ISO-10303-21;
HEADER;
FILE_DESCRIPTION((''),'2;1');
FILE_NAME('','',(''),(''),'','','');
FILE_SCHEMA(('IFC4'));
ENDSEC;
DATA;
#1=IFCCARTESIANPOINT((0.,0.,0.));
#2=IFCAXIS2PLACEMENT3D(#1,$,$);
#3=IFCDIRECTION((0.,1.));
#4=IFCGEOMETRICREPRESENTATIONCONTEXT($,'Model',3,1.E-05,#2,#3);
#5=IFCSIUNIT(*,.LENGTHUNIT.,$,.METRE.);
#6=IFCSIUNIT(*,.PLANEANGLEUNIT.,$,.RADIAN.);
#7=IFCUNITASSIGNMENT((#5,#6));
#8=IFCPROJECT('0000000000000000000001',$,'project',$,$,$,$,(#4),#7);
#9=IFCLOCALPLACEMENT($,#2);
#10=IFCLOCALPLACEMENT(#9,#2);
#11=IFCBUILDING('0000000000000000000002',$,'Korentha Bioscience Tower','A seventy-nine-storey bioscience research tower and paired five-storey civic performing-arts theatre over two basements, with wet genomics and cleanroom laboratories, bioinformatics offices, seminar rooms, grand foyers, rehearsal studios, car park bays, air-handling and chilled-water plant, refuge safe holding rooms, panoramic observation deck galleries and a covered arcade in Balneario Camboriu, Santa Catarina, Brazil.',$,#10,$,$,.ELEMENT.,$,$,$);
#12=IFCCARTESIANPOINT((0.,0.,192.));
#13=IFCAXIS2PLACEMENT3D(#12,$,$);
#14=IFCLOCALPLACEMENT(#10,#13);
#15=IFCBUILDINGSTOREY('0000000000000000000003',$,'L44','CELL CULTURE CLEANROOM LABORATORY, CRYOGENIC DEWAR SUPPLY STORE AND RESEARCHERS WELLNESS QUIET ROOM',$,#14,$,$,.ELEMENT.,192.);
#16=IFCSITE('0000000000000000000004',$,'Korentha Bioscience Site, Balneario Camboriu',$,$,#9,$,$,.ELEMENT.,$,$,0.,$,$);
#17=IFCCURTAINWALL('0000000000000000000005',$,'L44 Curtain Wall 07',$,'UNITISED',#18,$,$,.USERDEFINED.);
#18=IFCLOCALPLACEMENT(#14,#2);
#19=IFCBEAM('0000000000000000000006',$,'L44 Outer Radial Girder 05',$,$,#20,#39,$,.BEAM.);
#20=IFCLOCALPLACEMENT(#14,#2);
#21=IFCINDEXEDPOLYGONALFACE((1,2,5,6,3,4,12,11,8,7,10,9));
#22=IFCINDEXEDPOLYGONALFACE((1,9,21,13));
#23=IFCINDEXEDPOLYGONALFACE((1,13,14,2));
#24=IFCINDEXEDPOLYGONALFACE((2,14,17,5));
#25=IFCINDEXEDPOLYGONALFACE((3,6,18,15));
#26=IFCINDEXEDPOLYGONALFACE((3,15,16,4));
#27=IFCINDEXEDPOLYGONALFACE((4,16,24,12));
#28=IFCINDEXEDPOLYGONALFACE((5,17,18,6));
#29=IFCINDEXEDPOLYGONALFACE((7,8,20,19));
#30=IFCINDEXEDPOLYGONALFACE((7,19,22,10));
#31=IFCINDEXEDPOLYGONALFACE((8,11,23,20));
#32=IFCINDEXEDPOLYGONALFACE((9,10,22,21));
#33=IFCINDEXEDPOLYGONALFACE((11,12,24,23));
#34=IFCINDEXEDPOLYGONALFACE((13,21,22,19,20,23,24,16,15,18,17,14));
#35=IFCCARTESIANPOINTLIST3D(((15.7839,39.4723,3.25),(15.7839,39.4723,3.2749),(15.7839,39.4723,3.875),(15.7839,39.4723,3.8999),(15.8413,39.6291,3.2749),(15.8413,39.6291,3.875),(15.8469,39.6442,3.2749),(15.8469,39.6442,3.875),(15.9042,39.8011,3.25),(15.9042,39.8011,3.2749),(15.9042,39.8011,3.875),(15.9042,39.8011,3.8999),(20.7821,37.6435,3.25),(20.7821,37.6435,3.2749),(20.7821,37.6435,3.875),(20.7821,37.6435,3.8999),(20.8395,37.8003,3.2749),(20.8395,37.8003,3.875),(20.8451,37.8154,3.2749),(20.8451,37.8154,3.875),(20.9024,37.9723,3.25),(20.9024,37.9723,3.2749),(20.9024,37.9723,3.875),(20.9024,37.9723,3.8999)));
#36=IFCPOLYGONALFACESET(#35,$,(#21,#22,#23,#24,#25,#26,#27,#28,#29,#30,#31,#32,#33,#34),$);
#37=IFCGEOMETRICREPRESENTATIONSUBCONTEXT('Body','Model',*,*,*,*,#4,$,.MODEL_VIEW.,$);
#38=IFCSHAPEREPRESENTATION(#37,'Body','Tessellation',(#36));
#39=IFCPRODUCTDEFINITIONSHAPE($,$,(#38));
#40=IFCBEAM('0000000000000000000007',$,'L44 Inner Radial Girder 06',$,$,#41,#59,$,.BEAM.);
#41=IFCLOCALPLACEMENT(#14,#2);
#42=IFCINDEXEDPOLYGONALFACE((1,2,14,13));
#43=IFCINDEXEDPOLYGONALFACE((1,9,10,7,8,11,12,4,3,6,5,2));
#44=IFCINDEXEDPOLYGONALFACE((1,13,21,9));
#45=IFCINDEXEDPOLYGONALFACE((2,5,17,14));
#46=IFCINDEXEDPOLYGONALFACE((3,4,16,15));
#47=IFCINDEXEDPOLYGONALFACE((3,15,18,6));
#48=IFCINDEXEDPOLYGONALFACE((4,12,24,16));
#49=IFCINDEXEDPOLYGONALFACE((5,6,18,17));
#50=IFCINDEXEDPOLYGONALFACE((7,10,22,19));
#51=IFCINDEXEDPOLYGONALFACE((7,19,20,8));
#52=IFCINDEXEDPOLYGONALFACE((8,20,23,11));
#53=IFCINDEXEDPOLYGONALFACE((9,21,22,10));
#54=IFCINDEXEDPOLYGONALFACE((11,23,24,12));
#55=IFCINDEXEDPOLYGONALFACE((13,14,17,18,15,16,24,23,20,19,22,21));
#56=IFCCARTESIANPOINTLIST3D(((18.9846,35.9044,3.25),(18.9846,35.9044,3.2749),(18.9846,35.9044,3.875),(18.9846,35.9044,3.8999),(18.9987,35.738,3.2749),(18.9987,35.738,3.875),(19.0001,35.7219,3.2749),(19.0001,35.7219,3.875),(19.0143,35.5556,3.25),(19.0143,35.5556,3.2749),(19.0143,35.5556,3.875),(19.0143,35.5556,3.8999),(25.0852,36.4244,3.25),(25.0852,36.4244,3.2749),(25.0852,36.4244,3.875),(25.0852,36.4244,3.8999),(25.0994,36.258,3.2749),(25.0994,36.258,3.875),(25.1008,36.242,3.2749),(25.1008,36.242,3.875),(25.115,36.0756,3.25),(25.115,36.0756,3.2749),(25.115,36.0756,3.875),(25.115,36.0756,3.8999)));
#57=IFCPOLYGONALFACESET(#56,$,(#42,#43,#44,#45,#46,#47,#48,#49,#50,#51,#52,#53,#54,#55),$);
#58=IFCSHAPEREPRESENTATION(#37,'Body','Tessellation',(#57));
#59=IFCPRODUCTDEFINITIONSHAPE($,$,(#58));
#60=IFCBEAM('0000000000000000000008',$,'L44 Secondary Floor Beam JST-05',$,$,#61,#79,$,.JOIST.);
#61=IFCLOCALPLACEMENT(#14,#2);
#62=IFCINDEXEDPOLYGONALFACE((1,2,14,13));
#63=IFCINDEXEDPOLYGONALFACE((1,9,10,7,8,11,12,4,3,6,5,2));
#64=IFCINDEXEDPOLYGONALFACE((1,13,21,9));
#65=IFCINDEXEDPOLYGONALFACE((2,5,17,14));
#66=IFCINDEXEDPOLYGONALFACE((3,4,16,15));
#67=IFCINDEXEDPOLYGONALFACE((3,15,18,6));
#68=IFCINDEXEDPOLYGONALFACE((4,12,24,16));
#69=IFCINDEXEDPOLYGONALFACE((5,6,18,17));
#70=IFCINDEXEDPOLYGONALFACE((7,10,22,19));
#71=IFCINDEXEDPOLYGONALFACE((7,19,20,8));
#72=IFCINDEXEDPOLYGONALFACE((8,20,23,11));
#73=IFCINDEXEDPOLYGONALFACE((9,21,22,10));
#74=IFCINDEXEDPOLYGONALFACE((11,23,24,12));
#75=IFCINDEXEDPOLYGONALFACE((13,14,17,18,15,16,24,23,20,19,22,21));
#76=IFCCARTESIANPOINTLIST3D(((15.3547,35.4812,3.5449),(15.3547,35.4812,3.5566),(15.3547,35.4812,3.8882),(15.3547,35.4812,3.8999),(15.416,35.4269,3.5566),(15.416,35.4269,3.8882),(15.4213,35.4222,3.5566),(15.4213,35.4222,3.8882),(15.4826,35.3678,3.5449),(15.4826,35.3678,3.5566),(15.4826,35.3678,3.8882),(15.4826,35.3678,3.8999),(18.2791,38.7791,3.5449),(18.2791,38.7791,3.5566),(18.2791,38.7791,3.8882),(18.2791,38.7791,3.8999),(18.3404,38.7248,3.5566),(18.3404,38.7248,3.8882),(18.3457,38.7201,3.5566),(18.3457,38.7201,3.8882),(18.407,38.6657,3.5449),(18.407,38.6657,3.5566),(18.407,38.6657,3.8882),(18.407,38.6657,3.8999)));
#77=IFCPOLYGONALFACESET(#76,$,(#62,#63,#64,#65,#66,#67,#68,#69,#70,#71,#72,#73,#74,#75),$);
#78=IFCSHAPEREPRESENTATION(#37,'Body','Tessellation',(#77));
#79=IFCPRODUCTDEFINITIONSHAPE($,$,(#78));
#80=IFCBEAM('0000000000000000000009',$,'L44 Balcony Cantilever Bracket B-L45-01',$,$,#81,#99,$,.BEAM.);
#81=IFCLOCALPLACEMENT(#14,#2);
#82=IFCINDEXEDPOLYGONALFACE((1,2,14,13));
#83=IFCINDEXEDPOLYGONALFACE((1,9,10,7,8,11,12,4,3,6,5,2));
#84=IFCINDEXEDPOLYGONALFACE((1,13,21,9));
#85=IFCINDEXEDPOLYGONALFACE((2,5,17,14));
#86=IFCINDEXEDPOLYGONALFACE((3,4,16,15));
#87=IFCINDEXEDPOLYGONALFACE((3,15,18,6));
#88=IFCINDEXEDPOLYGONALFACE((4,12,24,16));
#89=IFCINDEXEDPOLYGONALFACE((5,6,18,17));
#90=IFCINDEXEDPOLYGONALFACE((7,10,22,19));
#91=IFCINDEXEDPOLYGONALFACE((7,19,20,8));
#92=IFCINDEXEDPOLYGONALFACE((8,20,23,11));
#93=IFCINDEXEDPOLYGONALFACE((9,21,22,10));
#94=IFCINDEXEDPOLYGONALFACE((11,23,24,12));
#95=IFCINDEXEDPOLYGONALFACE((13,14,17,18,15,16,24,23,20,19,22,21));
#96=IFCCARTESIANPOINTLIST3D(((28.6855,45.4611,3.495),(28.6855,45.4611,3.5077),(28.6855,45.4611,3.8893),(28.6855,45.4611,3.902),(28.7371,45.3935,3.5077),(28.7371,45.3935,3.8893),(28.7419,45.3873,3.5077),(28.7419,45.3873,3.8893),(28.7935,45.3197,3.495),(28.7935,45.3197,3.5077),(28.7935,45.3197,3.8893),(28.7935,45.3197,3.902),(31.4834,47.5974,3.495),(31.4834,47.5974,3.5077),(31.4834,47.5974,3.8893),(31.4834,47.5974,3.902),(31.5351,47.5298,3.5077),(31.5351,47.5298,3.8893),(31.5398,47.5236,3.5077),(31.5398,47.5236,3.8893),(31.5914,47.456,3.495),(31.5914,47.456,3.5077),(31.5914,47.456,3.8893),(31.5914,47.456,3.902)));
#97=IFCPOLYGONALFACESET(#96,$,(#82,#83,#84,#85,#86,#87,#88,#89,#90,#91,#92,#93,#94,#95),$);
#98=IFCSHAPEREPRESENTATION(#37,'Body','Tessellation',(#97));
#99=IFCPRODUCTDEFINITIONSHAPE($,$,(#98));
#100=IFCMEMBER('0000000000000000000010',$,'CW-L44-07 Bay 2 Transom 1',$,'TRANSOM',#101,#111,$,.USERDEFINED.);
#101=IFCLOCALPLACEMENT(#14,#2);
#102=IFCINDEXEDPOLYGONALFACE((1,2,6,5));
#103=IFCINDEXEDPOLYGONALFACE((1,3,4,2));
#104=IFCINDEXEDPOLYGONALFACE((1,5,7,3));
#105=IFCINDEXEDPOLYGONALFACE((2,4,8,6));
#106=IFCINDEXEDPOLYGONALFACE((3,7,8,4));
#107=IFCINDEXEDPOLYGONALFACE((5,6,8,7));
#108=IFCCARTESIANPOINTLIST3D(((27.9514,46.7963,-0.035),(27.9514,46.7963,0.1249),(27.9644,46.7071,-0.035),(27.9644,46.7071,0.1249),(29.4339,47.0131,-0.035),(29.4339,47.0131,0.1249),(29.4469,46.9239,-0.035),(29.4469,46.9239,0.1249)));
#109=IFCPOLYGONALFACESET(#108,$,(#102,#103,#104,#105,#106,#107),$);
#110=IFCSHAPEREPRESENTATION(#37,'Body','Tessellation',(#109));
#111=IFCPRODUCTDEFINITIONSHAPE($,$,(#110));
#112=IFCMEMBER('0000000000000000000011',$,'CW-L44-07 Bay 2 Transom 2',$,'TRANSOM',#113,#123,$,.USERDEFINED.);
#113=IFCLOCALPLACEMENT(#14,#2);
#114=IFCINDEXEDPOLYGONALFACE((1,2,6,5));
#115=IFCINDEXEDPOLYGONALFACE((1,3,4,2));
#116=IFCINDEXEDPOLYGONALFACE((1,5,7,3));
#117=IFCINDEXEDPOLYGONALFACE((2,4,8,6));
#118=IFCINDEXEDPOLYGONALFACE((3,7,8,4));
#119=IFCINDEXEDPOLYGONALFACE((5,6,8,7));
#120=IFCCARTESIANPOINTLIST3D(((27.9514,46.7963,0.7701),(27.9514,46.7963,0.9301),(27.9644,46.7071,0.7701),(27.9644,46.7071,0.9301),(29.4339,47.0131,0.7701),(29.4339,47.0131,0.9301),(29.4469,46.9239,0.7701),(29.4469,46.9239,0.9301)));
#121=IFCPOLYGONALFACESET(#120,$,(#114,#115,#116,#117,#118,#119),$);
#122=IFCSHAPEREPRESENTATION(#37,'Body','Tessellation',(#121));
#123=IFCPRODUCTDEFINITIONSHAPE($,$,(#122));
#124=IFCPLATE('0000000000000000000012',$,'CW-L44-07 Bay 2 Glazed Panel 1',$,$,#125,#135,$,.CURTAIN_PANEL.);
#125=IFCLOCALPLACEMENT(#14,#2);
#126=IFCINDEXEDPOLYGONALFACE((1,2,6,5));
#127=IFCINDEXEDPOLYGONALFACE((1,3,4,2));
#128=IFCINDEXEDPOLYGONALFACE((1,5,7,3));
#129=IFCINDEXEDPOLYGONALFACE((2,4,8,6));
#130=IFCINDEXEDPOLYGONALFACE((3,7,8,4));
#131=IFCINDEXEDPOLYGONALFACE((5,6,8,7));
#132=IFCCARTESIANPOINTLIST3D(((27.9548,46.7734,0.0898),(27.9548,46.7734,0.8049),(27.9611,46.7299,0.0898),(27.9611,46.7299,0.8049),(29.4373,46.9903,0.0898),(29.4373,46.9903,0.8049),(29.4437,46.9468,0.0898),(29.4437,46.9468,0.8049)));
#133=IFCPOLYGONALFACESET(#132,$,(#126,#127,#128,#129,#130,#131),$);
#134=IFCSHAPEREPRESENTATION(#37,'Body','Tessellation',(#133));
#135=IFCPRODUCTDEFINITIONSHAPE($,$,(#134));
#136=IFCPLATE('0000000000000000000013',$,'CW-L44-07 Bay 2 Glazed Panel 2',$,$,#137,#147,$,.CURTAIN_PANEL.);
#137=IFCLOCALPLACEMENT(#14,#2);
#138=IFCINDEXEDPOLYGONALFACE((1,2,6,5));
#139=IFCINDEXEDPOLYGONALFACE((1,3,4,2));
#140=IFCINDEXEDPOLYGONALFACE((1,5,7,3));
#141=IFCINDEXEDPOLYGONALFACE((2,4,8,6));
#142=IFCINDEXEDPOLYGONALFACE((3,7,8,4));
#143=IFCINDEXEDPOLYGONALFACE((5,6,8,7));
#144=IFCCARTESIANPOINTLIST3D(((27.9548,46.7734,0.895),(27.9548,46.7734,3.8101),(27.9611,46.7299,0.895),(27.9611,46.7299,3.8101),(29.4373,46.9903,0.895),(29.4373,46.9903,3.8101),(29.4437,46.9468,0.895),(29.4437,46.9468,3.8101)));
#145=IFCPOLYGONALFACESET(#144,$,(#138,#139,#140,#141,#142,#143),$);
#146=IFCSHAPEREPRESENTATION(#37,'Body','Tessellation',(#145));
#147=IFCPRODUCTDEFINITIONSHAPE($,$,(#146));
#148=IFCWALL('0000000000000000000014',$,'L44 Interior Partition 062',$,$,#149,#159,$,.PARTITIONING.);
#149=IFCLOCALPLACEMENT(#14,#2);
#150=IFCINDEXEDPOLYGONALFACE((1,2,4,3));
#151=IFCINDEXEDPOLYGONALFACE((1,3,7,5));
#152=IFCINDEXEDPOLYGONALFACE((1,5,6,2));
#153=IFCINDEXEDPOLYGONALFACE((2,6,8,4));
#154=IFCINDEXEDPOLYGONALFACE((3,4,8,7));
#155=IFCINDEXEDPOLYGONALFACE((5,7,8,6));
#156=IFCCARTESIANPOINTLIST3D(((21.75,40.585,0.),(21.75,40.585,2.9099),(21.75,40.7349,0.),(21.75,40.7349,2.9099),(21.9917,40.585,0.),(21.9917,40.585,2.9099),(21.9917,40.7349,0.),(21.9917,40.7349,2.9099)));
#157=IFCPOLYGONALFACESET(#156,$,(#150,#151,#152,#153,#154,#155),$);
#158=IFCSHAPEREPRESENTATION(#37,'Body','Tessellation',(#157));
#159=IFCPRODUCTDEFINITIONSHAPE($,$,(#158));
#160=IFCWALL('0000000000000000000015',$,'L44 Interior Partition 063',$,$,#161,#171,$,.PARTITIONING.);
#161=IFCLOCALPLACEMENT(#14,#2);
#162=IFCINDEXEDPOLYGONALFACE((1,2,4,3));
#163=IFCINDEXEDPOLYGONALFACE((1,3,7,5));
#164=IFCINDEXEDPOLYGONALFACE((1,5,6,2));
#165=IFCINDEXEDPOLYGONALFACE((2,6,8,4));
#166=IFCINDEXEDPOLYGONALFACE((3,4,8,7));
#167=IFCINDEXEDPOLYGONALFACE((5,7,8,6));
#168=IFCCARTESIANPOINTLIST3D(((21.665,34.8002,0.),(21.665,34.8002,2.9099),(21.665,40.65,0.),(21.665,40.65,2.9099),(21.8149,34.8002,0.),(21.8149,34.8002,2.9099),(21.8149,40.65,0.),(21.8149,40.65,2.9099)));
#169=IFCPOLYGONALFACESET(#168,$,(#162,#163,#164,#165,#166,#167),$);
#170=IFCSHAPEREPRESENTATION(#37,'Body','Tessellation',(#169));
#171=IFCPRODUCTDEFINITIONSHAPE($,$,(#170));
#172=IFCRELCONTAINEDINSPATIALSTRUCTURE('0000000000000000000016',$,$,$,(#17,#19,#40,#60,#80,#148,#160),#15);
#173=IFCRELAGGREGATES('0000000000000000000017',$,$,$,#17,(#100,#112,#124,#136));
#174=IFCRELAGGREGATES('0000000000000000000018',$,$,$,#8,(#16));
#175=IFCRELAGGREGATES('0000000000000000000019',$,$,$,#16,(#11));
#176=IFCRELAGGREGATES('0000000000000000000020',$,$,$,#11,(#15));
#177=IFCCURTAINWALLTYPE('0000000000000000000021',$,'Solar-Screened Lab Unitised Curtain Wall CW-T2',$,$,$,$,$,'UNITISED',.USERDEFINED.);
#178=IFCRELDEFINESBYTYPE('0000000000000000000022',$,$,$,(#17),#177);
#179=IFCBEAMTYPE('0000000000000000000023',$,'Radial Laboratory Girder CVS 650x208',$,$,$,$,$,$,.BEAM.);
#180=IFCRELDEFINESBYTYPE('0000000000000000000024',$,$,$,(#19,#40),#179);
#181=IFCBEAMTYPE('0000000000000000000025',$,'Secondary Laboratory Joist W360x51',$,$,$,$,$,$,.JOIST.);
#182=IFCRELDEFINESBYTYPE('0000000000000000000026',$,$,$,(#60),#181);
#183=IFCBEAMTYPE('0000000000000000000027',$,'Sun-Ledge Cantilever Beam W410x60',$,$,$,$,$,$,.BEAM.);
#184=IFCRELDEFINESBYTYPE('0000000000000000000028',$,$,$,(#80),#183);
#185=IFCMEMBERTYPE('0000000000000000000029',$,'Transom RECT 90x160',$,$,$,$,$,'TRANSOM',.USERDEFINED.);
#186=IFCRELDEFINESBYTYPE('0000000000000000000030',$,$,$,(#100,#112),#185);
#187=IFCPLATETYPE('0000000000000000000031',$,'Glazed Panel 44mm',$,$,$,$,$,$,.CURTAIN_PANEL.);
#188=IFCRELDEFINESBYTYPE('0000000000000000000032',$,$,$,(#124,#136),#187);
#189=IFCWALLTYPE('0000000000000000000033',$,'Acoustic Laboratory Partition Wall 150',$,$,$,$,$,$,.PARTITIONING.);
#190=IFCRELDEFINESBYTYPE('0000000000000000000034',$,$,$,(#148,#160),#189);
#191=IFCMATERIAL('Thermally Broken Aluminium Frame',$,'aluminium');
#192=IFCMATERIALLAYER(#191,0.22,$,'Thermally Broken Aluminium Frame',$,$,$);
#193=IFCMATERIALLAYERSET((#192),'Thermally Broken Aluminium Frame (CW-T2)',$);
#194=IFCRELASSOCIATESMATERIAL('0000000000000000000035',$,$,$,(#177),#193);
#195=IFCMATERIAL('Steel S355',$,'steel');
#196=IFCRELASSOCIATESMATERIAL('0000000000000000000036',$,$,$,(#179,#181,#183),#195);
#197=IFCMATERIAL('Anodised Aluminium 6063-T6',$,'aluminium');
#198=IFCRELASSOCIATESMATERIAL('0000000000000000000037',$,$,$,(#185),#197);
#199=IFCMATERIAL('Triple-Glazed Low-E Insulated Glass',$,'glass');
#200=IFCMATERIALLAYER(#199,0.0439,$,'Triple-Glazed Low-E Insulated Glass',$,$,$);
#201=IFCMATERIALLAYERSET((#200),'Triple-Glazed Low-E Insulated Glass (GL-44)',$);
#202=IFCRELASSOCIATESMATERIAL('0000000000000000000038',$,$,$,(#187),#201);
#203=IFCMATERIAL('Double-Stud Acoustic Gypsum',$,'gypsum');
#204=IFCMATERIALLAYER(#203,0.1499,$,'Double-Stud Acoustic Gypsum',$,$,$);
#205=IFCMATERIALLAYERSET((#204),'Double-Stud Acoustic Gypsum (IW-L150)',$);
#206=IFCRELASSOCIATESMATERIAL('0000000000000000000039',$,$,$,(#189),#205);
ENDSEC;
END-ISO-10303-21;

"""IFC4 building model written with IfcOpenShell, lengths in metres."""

from ifc_helpers import new_model, si_unit, direction, frame, frame_2d, origin, origin_2d, place, context, subcontext, project, spatial, rectangle, i_section, extrude, material, layer, layer_set, material_profile, profile_set, type_object, element, aggregate, save


model = new_model("IFC4")

# Units and contexts
model_context = context("Model", 3, precision=1e-05, world=origin(), true_north=direction((0.0, 1.0)))
body_context = subcontext(model_context, "Body", "Model", "MODEL_VIEW")
ifc_project = project(units=[si_unit("LENGTHUNIT", "METRE"), si_unit("PLANEANGLEUNIT", "RADIAN")], contexts=[model_context])

# Site, building, storey
site_placement = place(None, origin())
site = spatial("IfcSite", under=ifc_project, at=site_placement, Name="Korentha Bioscience Site, Balneario Camboriu", CompositionType="ELEMENT", RefElevation=0.0)
building_placement = place(site_placement, origin())
building = spatial("IfcBuilding", under=site, at=building_placement, Name="Korentha Bioscience Tower", Description="A seventy-nine-storey bioscience research tower and paired five-storey civic performing-arts theatre over two basements, with wet genomics and cleanroom laboratories, bioinformatics offices, seminar rooms, grand foyers, rehearsal studios, car park bays, air-handling and chilled-water plant, refuge safe holding rooms, panoramic observation deck galleries and a covered arcade in Balneario Camboriu, Santa Catarina, Brazil.", CompositionType="ELEMENT")
storey_placement = place(building_placement, frame((0.0, 0.0, 192.0)))
storey = spatial("IfcBuildingStorey", under=building, at=storey_placement, Name="L44", Description="CELL CULTURE CLEANROOM LABORATORY, CRYOGENIC DEWAR SUPPLY STORE AND RESEARCHERS WELLNESS QUIET ROOM", CompositionType="ELEMENT", Elevation=192.0)

# Shared definitions
ifc_material_1 = material(Name="Steel S355", Category="steel")

# Curtain wall
ifc_material_2 = material(Name="Thermally Broken Aluminium Frame", Category="aluminium")
ifc_layer_1 = layer(ifc_material_2, 0.22, Name="Thermally Broken Aluminium Frame")
ifc_layer_set_1 = layer_set([ifc_layer_1], Name="Thermally Broken Aluminium Frame (CW-T2)")
curtain_wall_type = type_object("IfcCurtainWallType", Name="Solar-Screened Lab Unitised Curtain Wall CW-T2", ElementType="UNITISED", PredefinedType="USERDEFINED", material=ifc_layer_set_1)
curtain_wall_placement = place(storey_placement, origin())
curtain_wall = element("IfcCurtainWall", 1, at=curtain_wall_placement, inside=storey, type_object=curtain_wall_type, Name="L44 Curtain Wall 07", ObjectType="UNITISED", PredefinedType="USERDEFINED")
ifc_material_3 = material(Name="Anodised Aluminium 6063-T6", Category="aluminium")

# Beams
ifc_material_profile_1 = material_profile(ifc_material_1, i_section(OverallWidth=0.3501, OverallDepth=0.6499, WebThickness=0.0161, FlangeThickness=0.0249, at=origin_2d()), Name="Steel S355")
ifc_profile_set_1 = profile_set([ifc_material_profile_1], Name="Steel S355 (RB-650)")
beam_type_1 = type_object("IfcBeamType", Name="Radial Laboratory Girder CVS 650x208", PredefinedType="BEAM", material=ifc_profile_set_1)
beam_1_placement = place(storey_placement, frame((20.8423, 37.8079, 3.575), z_axis=(-0.93911, 0.343617, 0.0), x_axis=(-0.343617, -0.93911, 0.0)))
element("IfcBeam", 2, at=beam_1_placement, inside=storey, type_object=beam_type_1, Name="L44 Outer Radial Girder 05", PredefinedType="BEAM", context=body_context, shape_type="SweptSolid", body=[
    extrude(i_section(OverallWidth=0.3501, OverallDepth=0.6499, WebThickness=0.0161, FlangeThickness=0.0249, at=origin_2d()), origin(), (0.0, 0.0, 1.0), 5.3223),
])
beam_2_placement = place(storey_placement, frame((25.1001, 36.25, 3.575), z_axis=(-0.996387, -0.084933, 0.0), x_axis=(0.084933, -0.996387, 0.0)))
element("IfcBeam", 3, at=beam_2_placement, inside=storey, type_object=beam_type_1, Name="L44 Inner Radial Girder 06", PredefinedType="BEAM", context=body_context, shape_type="SweptSolid", body=[
    extrude(i_section(OverallWidth=0.3501, OverallDepth=0.6499, WebThickness=0.0161, FlangeThickness=0.0249, at=origin_2d()), origin(), (0.0, 0.0, 1.0), 6.1228),
])
ifc_material_profile_2 = material_profile(ifc_material_1, i_section(OverallWidth=0.1709, OverallDepth=0.355, WebThickness=0.0071, FlangeThickness=0.0117, at=origin_2d()), Name="Steel S355")
ifc_profile_set_2 = profile_set([ifc_material_profile_2], Name="Steel S355 (JB-360)")
beam_type_2 = type_object("IfcBeamType", Name="Secondary Laboratory Joist W360x51", PredefinedType="JOIST", material=ifc_profile_set_2)
beam_3_placement = place(storey_placement, frame((18.343, 38.7224, 3.7224), z_axis=(-0.663463, -0.748209, 0.0), x_axis=(0.748209, -0.663463, 0.0)))
element("IfcBeam", 4, at=beam_3_placement, inside=storey, type_object=beam_type_2, Name="L44 Secondary Floor Beam JST-05", PredefinedType="JOIST", context=body_context, shape_type="SweptSolid", body=[
    extrude(i_section(OverallWidth=0.1709, OverallDepth=0.355, WebThickness=0.0071, FlangeThickness=0.0117, at=origin_2d()), origin(), (0.0, 0.0, 1.0), 4.4077),
])
ifc_material_profile_3 = material_profile(ifc_material_1, i_section(OverallWidth=0.178, OverallDepth=0.407, WebThickness=0.0078, FlangeThickness=0.0127, at=origin_2d()), Name="Steel S355")
ifc_profile_set_3 = profile_set([ifc_material_profile_3], Name="Steel S355 (CB-410)")
beam_type_3 = type_object("IfcBeamType", Name="Sun-Ledge Cantilever Beam W410x60", PredefinedType="BEAM", material=ifc_profile_set_3)
beam_4_placement = place(storey_placement, frame((28.7395, 45.3904, 3.6985), z_axis=(0.79481, 0.606858, 0.0), x_axis=(-0.606858, 0.79481, 0.0)))
element("IfcBeam", 5, at=beam_4_placement, inside=storey, type_object=beam_type_3, Name="L44 Balcony Cantilever Bracket B-L45-01", PredefinedType="BEAM", context=body_context, shape_type="SweptSolid", body=[
    extrude(i_section(OverallWidth=0.178, OverallDepth=0.407, WebThickness=0.0078, FlangeThickness=0.0127, at=origin_2d()), origin(), (0.0, 0.0, 1.0), 3.5203),
])

# Members
ifc_material_profile_4 = material_profile(ifc_material_3, rectangle(XDim=0.0901, YDim=0.1599, at=origin_2d()), Name="Anodised Aluminium 6063-T6")
ifc_profile_set_4 = profile_set([ifc_material_profile_4], Name="Anodised Aluminium 6063-T6 (CW-TRN)")
member_type_1 = type_object("IfcMemberType", Name="Transom RECT 90x160", ElementType="TRANSOM", PredefinedType="USERDEFINED", material=ifc_profile_set_4)
member_1_placement = place(storey_placement, frame((29.4404, 46.9685, 0.0449), z_axis=(-0.989475, -0.144706, 0.0), x_axis=(0.144706, -0.989475, 0.0)))
member_1 = element("IfcMember", 6, at=member_1_placement, type_object=member_type_1, Name="CW-L44-07 Bay 2 Transom 1", ObjectType="TRANSOM", PredefinedType="USERDEFINED", context=body_context, shape_type="SweptSolid", body=[
    extrude(rectangle(XDim=0.0901, YDim=0.1599, at=origin_2d()), origin(), (0.0, 0.0, 1.0), 1.4983),
])
member_2_placement = place(storey_placement, frame((29.4404, 46.9685, 0.8501), z_axis=(-0.989475, -0.144706, 0.0), x_axis=(0.144706, -0.989475, 0.0)))
member_2 = element("IfcMember", 7, at=member_2_placement, type_object=member_type_1, Name="CW-L44-07 Bay 2 Transom 2", ObjectType="TRANSOM", PredefinedType="USERDEFINED", context=body_context, shape_type="SweptSolid", body=[
    extrude(rectangle(XDim=0.0901, YDim=0.1599, at=origin_2d()), origin(), (0.0, 0.0, 1.0), 1.4983),
])

# Plates
ifc_material_4 = material(Name="Triple-Glazed Low-E Insulated Glass", Category="glass")
ifc_layer_2 = layer(ifc_material_4, 0.0439, Name="Triple-Glazed Low-E Insulated Glass")
ifc_layer_set_2 = layer_set([ifc_layer_2], Name="Triple-Glazed Low-E Insulated Glass (GL-44)")
plate_type = type_object("IfcPlateType", Name="Glazed Panel 44mm", PredefinedType="CURTAIN_PANEL", material=ifc_layer_set_2)
plate_1_placement = place(storey_placement, frame((28.6992, 46.8601, 0.0898), z_axis=(0.0, 0.0, 1.0), x_axis=(-0.989462, -0.144793, 0.0)))
plate_1 = element("IfcPlate", 8, at=plate_1_placement, type_object=plate_type, Name="CW-L44-07 Bay 2 Glazed Panel 1", PredefinedType="CURTAIN_PANEL", context=body_context, shape_type="SweptSolid", body=[
    extrude(rectangle(XDim=1.4983, YDim=0.0439, at=origin_2d()), origin(), (0.0, 0.0, 1.0), 0.7151),
])
plate_2_placement = place(storey_placement, frame((28.6992, 46.8601, 0.895), z_axis=(0.0, 0.0, 1.0), x_axis=(-0.989462, -0.144793, 0.0)))
plate_2 = element("IfcPlate", 9, at=plate_2_placement, type_object=plate_type, Name="CW-L44-07 Bay 2 Glazed Panel 2", PredefinedType="CURTAIN_PANEL", context=body_context, shape_type="SweptSolid", body=[
    extrude(rectangle(XDim=1.4983, YDim=0.0439, at=origin_2d()), origin(), (0.0, 0.0, 1.0), 2.915),
])
aggregate(curtain_wall, [member_1, member_2, plate_1, plate_2])

# Walls
ifc_material_5 = material(Name="Double-Stud Acoustic Gypsum", Category="gypsum")
ifc_layer_3 = layer(ifc_material_5, 0.1499, Name="Double-Stud Acoustic Gypsum")
ifc_layer_set_3 = layer_set([ifc_layer_3], Name="Double-Stud Acoustic Gypsum (IW-L150)")
wall_type_1 = type_object("IfcWallType", Name="Acoustic Laboratory Partition Wall 150", PredefinedType="PARTITIONING", material=ifc_layer_set_3)
wall_1_placement = place(storey_placement, frame((21.9917, 40.6599, 0.0), z_axis=(0.0, 0.0, 1.0), x_axis=(-1.0, 0.0, 0.0)))
element("IfcWall", 10, at=wall_1_placement, inside=storey, type_object=wall_type_1, Name="L44 Interior Partition 062", PredefinedType="PARTITIONING", context=body_context, shape_type="SweptSolid", body=[
    extrude(rectangle(XDim=0.2417, YDim=0.1499, at=frame_2d((0.1208, 0.0))), origin(), (0.0, 0.0, 1.0), 2.9099),
])
wall_2_placement = place(storey_placement, frame((21.74, 40.6499, 0.0), z_axis=(0.0, 0.0, 1.0), x_axis=(0.0, -1.0, 0.0)))
element("IfcWall", 11, at=wall_2_placement, inside=storey, type_object=wall_type_1, Name="L44 Interior Partition 063", PredefinedType="PARTITIONING", context=body_context, shape_type="SweptSolid", body=[
    extrude(rectangle(XDim=5.8499, YDim=0.1499, at=frame_2d((2.9248, 0.0))), origin(), (0.0, 0.0, 1.0), 2.9099),
])

save(model, "model.ifc")
